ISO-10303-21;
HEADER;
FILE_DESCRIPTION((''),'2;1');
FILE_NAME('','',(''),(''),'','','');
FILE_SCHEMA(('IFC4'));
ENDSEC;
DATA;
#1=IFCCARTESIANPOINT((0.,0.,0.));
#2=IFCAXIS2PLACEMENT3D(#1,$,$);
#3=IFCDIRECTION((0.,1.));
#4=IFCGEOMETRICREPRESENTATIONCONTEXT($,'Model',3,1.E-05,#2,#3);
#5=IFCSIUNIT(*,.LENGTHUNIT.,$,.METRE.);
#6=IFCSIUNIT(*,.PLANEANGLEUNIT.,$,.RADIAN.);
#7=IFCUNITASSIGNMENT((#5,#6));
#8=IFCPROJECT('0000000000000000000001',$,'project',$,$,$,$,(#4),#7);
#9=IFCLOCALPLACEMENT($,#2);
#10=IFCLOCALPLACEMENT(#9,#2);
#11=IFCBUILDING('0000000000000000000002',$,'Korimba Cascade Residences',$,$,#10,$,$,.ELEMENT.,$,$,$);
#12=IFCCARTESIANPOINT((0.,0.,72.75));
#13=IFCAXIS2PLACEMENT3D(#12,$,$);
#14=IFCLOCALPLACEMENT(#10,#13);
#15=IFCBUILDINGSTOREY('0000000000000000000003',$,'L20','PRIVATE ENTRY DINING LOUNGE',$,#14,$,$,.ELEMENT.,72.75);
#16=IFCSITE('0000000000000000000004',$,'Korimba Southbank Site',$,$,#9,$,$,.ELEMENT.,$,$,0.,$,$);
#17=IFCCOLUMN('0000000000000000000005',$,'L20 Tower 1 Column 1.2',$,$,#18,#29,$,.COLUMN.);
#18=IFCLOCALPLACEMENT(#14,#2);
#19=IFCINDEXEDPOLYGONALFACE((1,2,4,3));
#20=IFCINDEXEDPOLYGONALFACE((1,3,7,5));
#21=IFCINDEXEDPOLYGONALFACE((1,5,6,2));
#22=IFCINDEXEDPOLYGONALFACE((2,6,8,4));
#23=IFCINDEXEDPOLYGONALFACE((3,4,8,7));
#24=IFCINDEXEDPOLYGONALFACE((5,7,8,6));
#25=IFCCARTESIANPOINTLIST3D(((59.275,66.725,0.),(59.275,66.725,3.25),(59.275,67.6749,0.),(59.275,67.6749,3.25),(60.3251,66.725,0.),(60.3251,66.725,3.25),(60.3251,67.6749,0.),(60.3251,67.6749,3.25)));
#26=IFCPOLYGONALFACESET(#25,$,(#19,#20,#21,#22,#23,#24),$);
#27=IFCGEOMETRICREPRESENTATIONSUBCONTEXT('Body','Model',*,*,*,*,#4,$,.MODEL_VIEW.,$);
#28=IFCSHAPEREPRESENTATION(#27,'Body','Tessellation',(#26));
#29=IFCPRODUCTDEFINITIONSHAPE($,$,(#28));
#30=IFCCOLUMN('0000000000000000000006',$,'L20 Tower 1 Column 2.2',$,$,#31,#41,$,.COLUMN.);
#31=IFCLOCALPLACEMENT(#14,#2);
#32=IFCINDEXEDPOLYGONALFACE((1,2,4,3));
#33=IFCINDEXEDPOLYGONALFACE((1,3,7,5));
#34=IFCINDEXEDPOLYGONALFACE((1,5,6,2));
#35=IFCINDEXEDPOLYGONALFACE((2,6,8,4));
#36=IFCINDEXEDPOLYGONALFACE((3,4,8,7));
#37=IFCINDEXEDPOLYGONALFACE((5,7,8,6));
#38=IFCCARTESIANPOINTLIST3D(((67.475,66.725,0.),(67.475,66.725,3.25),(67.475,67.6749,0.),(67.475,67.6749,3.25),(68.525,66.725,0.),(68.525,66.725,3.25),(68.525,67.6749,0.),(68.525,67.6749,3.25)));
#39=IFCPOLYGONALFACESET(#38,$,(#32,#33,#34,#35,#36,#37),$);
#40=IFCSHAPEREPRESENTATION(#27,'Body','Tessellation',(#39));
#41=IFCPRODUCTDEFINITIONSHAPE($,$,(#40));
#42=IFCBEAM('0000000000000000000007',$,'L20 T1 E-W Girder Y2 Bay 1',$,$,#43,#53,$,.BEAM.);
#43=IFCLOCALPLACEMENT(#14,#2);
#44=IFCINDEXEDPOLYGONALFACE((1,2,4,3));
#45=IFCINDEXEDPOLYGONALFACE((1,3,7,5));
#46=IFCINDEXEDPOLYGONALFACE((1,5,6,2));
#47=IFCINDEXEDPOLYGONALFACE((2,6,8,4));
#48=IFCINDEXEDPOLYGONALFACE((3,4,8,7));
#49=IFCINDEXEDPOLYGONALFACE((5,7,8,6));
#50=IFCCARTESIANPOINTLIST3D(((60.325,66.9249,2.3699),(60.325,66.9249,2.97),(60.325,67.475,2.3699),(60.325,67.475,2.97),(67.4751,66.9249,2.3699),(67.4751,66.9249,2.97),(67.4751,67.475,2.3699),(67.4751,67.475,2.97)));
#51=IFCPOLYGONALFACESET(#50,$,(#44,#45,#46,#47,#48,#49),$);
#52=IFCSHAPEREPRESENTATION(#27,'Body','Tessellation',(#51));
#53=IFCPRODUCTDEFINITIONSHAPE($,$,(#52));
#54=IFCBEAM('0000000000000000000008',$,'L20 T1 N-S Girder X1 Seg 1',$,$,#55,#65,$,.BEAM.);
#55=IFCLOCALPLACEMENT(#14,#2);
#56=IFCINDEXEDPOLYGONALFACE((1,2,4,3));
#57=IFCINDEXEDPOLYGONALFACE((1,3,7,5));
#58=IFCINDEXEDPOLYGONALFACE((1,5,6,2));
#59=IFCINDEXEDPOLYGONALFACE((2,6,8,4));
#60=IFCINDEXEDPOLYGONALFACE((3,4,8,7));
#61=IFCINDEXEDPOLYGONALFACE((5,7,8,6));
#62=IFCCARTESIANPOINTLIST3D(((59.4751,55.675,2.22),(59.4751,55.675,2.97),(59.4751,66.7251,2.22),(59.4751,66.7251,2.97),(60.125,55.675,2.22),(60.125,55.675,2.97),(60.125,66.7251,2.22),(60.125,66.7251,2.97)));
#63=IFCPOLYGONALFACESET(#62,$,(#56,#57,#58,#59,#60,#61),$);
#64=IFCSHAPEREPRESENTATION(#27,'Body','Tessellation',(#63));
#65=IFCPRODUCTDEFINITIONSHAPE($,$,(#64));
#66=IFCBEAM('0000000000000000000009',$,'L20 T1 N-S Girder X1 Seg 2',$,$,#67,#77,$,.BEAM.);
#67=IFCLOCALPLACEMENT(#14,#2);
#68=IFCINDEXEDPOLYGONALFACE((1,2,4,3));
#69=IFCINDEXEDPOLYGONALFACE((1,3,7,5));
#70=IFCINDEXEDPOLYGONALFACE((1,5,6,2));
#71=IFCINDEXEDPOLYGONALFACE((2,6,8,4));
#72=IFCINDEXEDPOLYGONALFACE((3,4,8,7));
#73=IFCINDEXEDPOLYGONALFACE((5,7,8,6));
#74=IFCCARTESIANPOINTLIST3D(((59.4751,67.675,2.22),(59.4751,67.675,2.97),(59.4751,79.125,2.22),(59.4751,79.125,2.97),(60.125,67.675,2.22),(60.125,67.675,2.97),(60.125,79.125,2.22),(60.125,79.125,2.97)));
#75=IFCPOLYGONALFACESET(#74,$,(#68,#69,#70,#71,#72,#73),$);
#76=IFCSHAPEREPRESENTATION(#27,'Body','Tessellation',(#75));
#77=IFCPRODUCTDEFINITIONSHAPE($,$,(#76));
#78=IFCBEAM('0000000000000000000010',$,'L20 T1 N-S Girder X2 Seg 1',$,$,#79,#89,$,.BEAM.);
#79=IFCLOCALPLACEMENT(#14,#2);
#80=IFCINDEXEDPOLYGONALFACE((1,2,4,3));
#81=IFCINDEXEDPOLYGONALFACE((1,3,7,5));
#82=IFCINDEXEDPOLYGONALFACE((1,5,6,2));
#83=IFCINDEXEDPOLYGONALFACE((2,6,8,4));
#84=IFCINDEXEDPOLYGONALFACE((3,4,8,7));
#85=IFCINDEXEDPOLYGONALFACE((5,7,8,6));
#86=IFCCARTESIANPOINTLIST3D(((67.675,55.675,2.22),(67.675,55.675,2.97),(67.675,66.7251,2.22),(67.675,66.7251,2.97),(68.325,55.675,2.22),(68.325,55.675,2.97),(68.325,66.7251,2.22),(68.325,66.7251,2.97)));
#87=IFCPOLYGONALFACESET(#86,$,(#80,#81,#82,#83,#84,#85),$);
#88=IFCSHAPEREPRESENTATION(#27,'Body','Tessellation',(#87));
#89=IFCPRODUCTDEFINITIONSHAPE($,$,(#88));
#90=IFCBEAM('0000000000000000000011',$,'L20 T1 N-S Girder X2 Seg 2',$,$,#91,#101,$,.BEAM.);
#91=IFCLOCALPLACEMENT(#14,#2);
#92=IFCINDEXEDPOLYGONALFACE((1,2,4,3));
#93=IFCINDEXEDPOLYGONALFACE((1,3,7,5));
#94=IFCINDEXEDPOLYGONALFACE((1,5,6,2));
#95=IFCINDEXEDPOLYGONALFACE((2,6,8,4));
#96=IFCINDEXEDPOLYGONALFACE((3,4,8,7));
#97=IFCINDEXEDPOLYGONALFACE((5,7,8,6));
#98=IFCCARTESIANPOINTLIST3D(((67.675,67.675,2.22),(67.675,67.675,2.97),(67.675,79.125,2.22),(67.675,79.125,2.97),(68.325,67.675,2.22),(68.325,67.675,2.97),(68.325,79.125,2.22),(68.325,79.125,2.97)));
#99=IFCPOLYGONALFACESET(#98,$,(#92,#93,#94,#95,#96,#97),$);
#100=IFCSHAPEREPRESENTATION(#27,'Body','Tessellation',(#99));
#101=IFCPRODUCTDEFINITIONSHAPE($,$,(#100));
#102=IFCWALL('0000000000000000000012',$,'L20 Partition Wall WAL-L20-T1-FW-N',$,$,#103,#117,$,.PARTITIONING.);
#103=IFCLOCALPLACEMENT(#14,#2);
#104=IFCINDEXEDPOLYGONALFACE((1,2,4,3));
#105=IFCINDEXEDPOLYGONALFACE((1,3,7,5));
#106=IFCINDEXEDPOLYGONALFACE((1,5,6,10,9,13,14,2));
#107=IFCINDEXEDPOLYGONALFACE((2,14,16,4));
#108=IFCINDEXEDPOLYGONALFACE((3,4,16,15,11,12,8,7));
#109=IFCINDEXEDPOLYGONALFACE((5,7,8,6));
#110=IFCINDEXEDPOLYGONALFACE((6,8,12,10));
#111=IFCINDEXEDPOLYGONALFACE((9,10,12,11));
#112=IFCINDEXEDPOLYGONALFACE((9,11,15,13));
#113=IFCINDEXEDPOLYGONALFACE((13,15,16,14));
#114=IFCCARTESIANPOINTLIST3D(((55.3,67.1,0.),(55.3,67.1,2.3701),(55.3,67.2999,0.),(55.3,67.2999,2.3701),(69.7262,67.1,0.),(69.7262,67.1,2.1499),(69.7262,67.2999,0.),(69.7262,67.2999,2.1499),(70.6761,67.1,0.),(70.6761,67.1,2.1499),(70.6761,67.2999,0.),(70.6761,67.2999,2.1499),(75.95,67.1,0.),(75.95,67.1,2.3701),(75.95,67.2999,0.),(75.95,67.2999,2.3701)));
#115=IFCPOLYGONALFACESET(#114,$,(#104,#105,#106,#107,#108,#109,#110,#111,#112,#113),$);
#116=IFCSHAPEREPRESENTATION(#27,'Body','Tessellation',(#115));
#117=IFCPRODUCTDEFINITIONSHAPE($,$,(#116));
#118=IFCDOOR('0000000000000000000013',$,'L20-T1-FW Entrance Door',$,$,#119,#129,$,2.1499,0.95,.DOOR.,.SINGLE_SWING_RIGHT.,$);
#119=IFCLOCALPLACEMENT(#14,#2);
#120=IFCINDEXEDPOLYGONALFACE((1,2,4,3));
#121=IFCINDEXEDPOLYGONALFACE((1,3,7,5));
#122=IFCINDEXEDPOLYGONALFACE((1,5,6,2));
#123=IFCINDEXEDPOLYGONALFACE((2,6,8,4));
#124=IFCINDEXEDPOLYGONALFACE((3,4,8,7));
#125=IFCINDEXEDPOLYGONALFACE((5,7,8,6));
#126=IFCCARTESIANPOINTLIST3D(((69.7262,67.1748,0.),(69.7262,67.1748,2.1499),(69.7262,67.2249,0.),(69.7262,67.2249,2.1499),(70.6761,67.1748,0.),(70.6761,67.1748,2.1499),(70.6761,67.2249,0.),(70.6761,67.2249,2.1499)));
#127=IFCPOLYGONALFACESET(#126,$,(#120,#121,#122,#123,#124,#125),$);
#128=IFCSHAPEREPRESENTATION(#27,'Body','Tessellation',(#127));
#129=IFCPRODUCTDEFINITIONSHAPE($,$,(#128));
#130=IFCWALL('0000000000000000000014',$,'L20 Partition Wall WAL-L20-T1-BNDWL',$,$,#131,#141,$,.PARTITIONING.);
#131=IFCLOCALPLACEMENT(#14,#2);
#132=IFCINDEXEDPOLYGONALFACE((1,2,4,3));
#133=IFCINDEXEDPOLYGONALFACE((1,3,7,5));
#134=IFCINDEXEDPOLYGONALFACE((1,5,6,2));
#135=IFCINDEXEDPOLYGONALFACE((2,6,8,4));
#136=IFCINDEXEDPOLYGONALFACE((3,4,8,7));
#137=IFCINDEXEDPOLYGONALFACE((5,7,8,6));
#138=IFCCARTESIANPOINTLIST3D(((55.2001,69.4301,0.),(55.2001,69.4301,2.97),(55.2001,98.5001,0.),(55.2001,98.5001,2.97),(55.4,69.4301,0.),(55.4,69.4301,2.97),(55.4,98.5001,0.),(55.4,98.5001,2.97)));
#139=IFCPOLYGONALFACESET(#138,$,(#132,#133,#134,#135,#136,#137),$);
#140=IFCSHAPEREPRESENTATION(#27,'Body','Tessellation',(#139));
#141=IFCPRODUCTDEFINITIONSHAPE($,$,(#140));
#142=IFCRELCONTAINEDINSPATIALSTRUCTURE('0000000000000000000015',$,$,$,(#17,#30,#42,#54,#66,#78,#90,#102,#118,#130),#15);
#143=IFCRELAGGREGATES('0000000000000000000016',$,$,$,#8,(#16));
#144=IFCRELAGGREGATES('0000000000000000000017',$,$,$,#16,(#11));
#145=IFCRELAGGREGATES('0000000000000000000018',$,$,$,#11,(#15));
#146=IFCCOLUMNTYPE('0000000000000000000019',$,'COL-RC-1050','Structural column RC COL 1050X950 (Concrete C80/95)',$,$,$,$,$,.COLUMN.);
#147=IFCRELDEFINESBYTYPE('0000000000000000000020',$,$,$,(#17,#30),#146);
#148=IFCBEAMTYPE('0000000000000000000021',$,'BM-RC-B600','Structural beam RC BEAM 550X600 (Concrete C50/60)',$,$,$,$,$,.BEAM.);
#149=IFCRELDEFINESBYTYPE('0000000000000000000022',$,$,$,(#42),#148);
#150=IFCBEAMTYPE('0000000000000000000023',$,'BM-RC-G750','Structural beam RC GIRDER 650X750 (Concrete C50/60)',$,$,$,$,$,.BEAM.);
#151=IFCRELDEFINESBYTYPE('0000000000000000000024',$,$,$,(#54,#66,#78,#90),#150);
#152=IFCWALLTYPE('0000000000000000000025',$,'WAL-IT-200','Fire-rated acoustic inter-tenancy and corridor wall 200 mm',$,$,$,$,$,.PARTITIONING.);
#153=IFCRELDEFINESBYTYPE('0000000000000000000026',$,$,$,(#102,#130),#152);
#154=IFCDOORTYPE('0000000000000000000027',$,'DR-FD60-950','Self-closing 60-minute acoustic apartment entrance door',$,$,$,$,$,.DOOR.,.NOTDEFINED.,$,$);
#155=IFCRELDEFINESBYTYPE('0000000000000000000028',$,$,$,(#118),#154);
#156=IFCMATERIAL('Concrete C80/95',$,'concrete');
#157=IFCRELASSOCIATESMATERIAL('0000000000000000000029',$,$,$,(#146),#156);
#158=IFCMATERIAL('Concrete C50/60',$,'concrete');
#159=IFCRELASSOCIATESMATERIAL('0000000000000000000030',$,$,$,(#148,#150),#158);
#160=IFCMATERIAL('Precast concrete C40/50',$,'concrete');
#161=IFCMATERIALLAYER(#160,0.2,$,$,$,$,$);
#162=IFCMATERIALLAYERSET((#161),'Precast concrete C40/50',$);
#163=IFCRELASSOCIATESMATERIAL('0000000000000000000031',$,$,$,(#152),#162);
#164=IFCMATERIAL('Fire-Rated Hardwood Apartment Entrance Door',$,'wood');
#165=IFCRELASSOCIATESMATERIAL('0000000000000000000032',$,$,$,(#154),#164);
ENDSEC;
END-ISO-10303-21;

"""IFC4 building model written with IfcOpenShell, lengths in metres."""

from ifc_helpers import new_model, si_unit, direction, frame, frame_2d, origin, origin_2d, place, context, subcontext, project, spatial, rectangle, extrude, material, layer, layer_set, material_profile, profile_set, type_object, element, fill, save


model = new_model("IFC4")

# Units and contexts
model_context = context("Model", 3, precision=1e-05, world=origin(), true_north=direction((0.0, 1.0)))
body_context = subcontext(model_context, "Body", "Model", "MODEL_VIEW")
ifc_project = project(units=[si_unit("LENGTHUNIT", "METRE"), si_unit("PLANEANGLEUNIT", "RADIAN")], contexts=[model_context])

# Site, building, storey
site_placement = place(None, origin())
site = spatial("IfcSite", under=ifc_project, at=site_placement, Name="Korimba Southbank Site", CompositionType="ELEMENT", RefElevation=0.0)
building_placement = place(site_placement, origin())
building = spatial("IfcBuilding", under=site, at=building_placement, Name="Korimba Cascade Residences", CompositionType="ELEMENT")
storey_placement = place(building_placement, frame((0.0, 0.0, 72.75)))
storey = spatial("IfcBuildingStorey", under=building, at=storey_placement, Name="L20", Description="PRIVATE ENTRY DINING LOUNGE", CompositionType="ELEMENT", Elevation=72.75)

# Columns
ifc_material_1 = material(Name="Concrete C80/95", Category="concrete")
ifc_material_profile_1 = material_profile(ifc_material_1, rectangle(XDim=1.05, YDim=0.95, at=origin_2d()), Name="Concrete C80/95")
ifc_profile_set_1 = profile_set([ifc_material_profile_1], Name="Concrete C80/95")
column_type = type_object("IfcColumnType", Name="COL-RC-1050", Description="Structural column RC COL 1050X950 (Concrete C80/95)", PredefinedType="COLUMN", material=ifc_profile_set_1)
for number, where, z_axis, x_axis, name in (
    (1, (59.8, 67.2, 0.0), (0.0, 0.0, 1.0), (1.0, 0.0, 0.0), "L20 Tower 1 Column 1.2"),
    (2, (68.0, 67.2, 0.0), (0.0, 0.0, 1.0), (1.0, 0.0, 0.0), "L20 Tower 1 Column 2.2"),
):
    element("IfcColumn", number, at=place(storey_placement, frame(where, z_axis=z_axis, x_axis=x_axis)), inside=storey, type_object=column_type, Name=name, PredefinedType="COLUMN", context=body_context, shape_type="SweptSolid", body=[
        extrude(rectangle(XDim=1.05, YDim=0.95, at=origin_2d()), origin(), (0.0, 0.0, 1.0), 3.25),
    ])

# Beams
ifc_material_2 = material(Name="Concrete C50/60", Category="concrete")
ifc_material_profile_2 = material_profile(ifc_material_2, rectangle(XDim=0.55, YDim=0.6001, at=origin_2d()), Name="Concrete C50/60")
ifc_profile_set_2 = profile_set([ifc_material_profile_2], Name="Concrete C50/60")
beam_type_1 = type_object("IfcBeamType", Name="BM-RC-B600", Description="Structural beam RC BEAM 550X600 (Concrete C50/60)", PredefinedType="BEAM", material=ifc_profile_set_2)
beam_1_placement = place(storey_placement, frame((60.325, 67.2, 2.6699), z_axis=(1.0, 0.0, 0.0), x_axis=(0.0, 1.0, 0.0)))
element("IfcBeam", 3, at=beam_1_placement, inside=storey, type_object=beam_type_1, Name="L20 T1 E-W Girder Y2 Bay 1", PredefinedType="BEAM", context=body_context, shape_type="SweptSolid", body=[
    extrude(rectangle(XDim=0.55, YDim=0.6001, at=origin_2d()), origin(), (0.0, 0.0, 1.0), 7.1501),
])
ifc_material_profile_3 = material_profile(ifc_material_2, rectangle(XDim=0.6499, YDim=0.75, at=origin_2d()), Name="Concrete C50/60")
ifc_profile_set_3 = profile_set([ifc_material_profile_3], Name="Concrete C50/60")
beam_type_2 = type_object("IfcBeamType", Name="BM-RC-G750", Description="Structural beam RC GIRDER 650X750 (Concrete C50/60)", PredefinedType="BEAM", material=ifc_profile_set_3)
beam_2_placement = place(storey_placement, frame((59.8, 55.675, 2.595), z_axis=(0.0, 1.0, 0.0), x_axis=(-1.0, 0.0, 0.0)))
element("IfcBeam", 4, at=beam_2_placement, inside=storey, type_object=beam_type_2, Name="L20 T1 N-S Girder X1 Seg 1", PredefinedType="BEAM", context=body_context, shape_type="SweptSolid", body=[
    extrude(rectangle(XDim=0.6499, YDim=0.75, at=origin_2d()), origin(), (0.0, 0.0, 1.0), 11.05),
])
beam_3_placement = place(storey_placement, frame((59.8, 67.675, 2.595), z_axis=(0.0, 1.0, 0.0), x_axis=(-1.0, 0.0, 0.0)))
element("IfcBeam", 5, at=beam_3_placement, inside=storey, type_object=beam_type_2, Name="L20 T1 N-S Girder X1 Seg 2", PredefinedType="BEAM", context=body_context, shape_type="SweptSolid", body=[
    extrude(rectangle(XDim=0.6499, YDim=0.75, at=origin_2d()), origin(), (0.0, 0.0, 1.0), 11.45),
])
beam_4_placement = place(storey_placement, frame((68.0, 55.675, 2.595), z_axis=(0.0, 1.0, 0.0), x_axis=(-1.0, 0.0, 0.0)))
element("IfcBeam", 6, at=beam_4_placement, inside=storey, type_object=beam_type_2, Name="L20 T1 N-S Girder X2 Seg 1", PredefinedType="BEAM", context=body_context, shape_type="SweptSolid", body=[
    extrude(rectangle(XDim=0.6499, YDim=0.75, at=origin_2d()), origin(), (0.0, 0.0, 1.0), 11.05),
])
beam_5_placement = place(storey_placement, frame((68.0, 67.675, 2.595), z_axis=(0.0, 1.0, 0.0), x_axis=(-1.0, 0.0, 0.0)))
element("IfcBeam", 7, at=beam_5_placement, inside=storey, type_object=beam_type_2, Name="L20 T1 N-S Girder X2 Seg 2", PredefinedType="BEAM", context=body_context, shape_type="SweptSolid", body=[
    extrude(rectangle(XDim=0.6499, YDim=0.75, at=origin_2d()), origin(), (0.0, 0.0, 1.0), 11.45),
])

# Wall, opening, door
ifc_material_3 = material(Name="Precast concrete C40/50", Category="concrete")
ifc_layer_1 = layer(ifc_material_3, 0.2)
ifc_layer_set_1 = layer_set([ifc_layer_1], Name="Precast concrete C40/50")
wall_type_1 = type_object("IfcWallType", Name="WAL-IT-200", Description="Fire-rated acoustic inter-tenancy and corridor wall 200 mm", PredefinedType="PARTITIONING", material=ifc_layer_set_1)
wall_1_placement = place(storey_placement, frame((55.3, 67.2, 0.0), z_axis=(0.0, 0.0, 1.0), x_axis=(1.0, 0.0, 0.0)))
wall_1 = element("IfcWall", 8, at=wall_1_placement, inside=storey, type_object=wall_type_1, Name="L20 Partition Wall WAL-L20-T1-FW-N", PredefinedType="PARTITIONING", context=body_context, shape_type="SweptSolid", body=[
    extrude(rectangle(XDim=20.6499, YDim=0.2, at=frame_2d((10.325, 0.0))), origin(), (0.0, 0.0, 1.0), 2.3701),
])
opening_1_placement = place(wall_1_placement, frame((14.426, 0.0, 0.0)))
opening_1 = element("IfcOpeningElement", 9, at=opening_1_placement, cuts=wall_1, PredefinedType="OPENING", context=body_context, shape_type="SweptSolid", body=[
    extrude(rectangle(XDim=0.95, YDim=2.1499, at=frame_2d((0.4751, 1.075))), frame((0.0, 0.1099, 0.0), z_axis=(0.0, -1.0, 0.0), x_axis=(1.0, 0.0, 0.0)), (0.0, 0.0, 1.0), 0.22),
])
ifc_material_4 = material(Name="Fire-Rated Hardwood Apartment Entrance Door", Category="wood")
door_type_1 = type_object("IfcDoorType", Name="DR-FD60-950", Description="Self-closing 60-minute acoustic apartment entrance door", OperationType="NOTDEFINED", PredefinedType="DOOR", material=ifc_material_4)
door_1_placement = place(opening_1_placement, origin())
door_1 = element("IfcDoor", 10, at=door_1_placement, inside=storey, type_object=door_type_1, Name="L20-T1-FW Entrance Door", OperationType="SINGLE_SWING_RIGHT", OverallHeight=2.1499, OverallWidth=0.95, PredefinedType="DOOR", context=body_context, shape_type="SweptSolid", body=[
    extrude(rectangle(XDim=0.95, YDim=2.1499, at=frame_2d((0.4751, 1.075))), frame((0.0, 0.0249, 0.0), z_axis=(0.0, -1.0, 0.0), x_axis=(1.0, 0.0, 0.0)), (0.0, 0.0, 1.0), 0.05),
])
fill(opening_1, door_1)

# Wall
wall_2_placement = place(storey_placement, frame((55.3, 69.4299, 0.0), z_axis=(0.0, 0.0, 1.0), x_axis=(0.0, 1.0, 0.0)))
element("IfcWall", 11, at=wall_2_placement, inside=storey, type_object=wall_type_1, Name="L20 Partition Wall WAL-L20-T1-BNDWL", PredefinedType="PARTITIONING", context=body_context, shape_type="SweptSolid", body=[
    extrude(rectangle(XDim=29.0701, YDim=0.2, at=frame_2d((14.5352, 0.0))), origin(), (0.0, 0.0, 1.0), 2.97),
])

save(model, "model.ifc")
